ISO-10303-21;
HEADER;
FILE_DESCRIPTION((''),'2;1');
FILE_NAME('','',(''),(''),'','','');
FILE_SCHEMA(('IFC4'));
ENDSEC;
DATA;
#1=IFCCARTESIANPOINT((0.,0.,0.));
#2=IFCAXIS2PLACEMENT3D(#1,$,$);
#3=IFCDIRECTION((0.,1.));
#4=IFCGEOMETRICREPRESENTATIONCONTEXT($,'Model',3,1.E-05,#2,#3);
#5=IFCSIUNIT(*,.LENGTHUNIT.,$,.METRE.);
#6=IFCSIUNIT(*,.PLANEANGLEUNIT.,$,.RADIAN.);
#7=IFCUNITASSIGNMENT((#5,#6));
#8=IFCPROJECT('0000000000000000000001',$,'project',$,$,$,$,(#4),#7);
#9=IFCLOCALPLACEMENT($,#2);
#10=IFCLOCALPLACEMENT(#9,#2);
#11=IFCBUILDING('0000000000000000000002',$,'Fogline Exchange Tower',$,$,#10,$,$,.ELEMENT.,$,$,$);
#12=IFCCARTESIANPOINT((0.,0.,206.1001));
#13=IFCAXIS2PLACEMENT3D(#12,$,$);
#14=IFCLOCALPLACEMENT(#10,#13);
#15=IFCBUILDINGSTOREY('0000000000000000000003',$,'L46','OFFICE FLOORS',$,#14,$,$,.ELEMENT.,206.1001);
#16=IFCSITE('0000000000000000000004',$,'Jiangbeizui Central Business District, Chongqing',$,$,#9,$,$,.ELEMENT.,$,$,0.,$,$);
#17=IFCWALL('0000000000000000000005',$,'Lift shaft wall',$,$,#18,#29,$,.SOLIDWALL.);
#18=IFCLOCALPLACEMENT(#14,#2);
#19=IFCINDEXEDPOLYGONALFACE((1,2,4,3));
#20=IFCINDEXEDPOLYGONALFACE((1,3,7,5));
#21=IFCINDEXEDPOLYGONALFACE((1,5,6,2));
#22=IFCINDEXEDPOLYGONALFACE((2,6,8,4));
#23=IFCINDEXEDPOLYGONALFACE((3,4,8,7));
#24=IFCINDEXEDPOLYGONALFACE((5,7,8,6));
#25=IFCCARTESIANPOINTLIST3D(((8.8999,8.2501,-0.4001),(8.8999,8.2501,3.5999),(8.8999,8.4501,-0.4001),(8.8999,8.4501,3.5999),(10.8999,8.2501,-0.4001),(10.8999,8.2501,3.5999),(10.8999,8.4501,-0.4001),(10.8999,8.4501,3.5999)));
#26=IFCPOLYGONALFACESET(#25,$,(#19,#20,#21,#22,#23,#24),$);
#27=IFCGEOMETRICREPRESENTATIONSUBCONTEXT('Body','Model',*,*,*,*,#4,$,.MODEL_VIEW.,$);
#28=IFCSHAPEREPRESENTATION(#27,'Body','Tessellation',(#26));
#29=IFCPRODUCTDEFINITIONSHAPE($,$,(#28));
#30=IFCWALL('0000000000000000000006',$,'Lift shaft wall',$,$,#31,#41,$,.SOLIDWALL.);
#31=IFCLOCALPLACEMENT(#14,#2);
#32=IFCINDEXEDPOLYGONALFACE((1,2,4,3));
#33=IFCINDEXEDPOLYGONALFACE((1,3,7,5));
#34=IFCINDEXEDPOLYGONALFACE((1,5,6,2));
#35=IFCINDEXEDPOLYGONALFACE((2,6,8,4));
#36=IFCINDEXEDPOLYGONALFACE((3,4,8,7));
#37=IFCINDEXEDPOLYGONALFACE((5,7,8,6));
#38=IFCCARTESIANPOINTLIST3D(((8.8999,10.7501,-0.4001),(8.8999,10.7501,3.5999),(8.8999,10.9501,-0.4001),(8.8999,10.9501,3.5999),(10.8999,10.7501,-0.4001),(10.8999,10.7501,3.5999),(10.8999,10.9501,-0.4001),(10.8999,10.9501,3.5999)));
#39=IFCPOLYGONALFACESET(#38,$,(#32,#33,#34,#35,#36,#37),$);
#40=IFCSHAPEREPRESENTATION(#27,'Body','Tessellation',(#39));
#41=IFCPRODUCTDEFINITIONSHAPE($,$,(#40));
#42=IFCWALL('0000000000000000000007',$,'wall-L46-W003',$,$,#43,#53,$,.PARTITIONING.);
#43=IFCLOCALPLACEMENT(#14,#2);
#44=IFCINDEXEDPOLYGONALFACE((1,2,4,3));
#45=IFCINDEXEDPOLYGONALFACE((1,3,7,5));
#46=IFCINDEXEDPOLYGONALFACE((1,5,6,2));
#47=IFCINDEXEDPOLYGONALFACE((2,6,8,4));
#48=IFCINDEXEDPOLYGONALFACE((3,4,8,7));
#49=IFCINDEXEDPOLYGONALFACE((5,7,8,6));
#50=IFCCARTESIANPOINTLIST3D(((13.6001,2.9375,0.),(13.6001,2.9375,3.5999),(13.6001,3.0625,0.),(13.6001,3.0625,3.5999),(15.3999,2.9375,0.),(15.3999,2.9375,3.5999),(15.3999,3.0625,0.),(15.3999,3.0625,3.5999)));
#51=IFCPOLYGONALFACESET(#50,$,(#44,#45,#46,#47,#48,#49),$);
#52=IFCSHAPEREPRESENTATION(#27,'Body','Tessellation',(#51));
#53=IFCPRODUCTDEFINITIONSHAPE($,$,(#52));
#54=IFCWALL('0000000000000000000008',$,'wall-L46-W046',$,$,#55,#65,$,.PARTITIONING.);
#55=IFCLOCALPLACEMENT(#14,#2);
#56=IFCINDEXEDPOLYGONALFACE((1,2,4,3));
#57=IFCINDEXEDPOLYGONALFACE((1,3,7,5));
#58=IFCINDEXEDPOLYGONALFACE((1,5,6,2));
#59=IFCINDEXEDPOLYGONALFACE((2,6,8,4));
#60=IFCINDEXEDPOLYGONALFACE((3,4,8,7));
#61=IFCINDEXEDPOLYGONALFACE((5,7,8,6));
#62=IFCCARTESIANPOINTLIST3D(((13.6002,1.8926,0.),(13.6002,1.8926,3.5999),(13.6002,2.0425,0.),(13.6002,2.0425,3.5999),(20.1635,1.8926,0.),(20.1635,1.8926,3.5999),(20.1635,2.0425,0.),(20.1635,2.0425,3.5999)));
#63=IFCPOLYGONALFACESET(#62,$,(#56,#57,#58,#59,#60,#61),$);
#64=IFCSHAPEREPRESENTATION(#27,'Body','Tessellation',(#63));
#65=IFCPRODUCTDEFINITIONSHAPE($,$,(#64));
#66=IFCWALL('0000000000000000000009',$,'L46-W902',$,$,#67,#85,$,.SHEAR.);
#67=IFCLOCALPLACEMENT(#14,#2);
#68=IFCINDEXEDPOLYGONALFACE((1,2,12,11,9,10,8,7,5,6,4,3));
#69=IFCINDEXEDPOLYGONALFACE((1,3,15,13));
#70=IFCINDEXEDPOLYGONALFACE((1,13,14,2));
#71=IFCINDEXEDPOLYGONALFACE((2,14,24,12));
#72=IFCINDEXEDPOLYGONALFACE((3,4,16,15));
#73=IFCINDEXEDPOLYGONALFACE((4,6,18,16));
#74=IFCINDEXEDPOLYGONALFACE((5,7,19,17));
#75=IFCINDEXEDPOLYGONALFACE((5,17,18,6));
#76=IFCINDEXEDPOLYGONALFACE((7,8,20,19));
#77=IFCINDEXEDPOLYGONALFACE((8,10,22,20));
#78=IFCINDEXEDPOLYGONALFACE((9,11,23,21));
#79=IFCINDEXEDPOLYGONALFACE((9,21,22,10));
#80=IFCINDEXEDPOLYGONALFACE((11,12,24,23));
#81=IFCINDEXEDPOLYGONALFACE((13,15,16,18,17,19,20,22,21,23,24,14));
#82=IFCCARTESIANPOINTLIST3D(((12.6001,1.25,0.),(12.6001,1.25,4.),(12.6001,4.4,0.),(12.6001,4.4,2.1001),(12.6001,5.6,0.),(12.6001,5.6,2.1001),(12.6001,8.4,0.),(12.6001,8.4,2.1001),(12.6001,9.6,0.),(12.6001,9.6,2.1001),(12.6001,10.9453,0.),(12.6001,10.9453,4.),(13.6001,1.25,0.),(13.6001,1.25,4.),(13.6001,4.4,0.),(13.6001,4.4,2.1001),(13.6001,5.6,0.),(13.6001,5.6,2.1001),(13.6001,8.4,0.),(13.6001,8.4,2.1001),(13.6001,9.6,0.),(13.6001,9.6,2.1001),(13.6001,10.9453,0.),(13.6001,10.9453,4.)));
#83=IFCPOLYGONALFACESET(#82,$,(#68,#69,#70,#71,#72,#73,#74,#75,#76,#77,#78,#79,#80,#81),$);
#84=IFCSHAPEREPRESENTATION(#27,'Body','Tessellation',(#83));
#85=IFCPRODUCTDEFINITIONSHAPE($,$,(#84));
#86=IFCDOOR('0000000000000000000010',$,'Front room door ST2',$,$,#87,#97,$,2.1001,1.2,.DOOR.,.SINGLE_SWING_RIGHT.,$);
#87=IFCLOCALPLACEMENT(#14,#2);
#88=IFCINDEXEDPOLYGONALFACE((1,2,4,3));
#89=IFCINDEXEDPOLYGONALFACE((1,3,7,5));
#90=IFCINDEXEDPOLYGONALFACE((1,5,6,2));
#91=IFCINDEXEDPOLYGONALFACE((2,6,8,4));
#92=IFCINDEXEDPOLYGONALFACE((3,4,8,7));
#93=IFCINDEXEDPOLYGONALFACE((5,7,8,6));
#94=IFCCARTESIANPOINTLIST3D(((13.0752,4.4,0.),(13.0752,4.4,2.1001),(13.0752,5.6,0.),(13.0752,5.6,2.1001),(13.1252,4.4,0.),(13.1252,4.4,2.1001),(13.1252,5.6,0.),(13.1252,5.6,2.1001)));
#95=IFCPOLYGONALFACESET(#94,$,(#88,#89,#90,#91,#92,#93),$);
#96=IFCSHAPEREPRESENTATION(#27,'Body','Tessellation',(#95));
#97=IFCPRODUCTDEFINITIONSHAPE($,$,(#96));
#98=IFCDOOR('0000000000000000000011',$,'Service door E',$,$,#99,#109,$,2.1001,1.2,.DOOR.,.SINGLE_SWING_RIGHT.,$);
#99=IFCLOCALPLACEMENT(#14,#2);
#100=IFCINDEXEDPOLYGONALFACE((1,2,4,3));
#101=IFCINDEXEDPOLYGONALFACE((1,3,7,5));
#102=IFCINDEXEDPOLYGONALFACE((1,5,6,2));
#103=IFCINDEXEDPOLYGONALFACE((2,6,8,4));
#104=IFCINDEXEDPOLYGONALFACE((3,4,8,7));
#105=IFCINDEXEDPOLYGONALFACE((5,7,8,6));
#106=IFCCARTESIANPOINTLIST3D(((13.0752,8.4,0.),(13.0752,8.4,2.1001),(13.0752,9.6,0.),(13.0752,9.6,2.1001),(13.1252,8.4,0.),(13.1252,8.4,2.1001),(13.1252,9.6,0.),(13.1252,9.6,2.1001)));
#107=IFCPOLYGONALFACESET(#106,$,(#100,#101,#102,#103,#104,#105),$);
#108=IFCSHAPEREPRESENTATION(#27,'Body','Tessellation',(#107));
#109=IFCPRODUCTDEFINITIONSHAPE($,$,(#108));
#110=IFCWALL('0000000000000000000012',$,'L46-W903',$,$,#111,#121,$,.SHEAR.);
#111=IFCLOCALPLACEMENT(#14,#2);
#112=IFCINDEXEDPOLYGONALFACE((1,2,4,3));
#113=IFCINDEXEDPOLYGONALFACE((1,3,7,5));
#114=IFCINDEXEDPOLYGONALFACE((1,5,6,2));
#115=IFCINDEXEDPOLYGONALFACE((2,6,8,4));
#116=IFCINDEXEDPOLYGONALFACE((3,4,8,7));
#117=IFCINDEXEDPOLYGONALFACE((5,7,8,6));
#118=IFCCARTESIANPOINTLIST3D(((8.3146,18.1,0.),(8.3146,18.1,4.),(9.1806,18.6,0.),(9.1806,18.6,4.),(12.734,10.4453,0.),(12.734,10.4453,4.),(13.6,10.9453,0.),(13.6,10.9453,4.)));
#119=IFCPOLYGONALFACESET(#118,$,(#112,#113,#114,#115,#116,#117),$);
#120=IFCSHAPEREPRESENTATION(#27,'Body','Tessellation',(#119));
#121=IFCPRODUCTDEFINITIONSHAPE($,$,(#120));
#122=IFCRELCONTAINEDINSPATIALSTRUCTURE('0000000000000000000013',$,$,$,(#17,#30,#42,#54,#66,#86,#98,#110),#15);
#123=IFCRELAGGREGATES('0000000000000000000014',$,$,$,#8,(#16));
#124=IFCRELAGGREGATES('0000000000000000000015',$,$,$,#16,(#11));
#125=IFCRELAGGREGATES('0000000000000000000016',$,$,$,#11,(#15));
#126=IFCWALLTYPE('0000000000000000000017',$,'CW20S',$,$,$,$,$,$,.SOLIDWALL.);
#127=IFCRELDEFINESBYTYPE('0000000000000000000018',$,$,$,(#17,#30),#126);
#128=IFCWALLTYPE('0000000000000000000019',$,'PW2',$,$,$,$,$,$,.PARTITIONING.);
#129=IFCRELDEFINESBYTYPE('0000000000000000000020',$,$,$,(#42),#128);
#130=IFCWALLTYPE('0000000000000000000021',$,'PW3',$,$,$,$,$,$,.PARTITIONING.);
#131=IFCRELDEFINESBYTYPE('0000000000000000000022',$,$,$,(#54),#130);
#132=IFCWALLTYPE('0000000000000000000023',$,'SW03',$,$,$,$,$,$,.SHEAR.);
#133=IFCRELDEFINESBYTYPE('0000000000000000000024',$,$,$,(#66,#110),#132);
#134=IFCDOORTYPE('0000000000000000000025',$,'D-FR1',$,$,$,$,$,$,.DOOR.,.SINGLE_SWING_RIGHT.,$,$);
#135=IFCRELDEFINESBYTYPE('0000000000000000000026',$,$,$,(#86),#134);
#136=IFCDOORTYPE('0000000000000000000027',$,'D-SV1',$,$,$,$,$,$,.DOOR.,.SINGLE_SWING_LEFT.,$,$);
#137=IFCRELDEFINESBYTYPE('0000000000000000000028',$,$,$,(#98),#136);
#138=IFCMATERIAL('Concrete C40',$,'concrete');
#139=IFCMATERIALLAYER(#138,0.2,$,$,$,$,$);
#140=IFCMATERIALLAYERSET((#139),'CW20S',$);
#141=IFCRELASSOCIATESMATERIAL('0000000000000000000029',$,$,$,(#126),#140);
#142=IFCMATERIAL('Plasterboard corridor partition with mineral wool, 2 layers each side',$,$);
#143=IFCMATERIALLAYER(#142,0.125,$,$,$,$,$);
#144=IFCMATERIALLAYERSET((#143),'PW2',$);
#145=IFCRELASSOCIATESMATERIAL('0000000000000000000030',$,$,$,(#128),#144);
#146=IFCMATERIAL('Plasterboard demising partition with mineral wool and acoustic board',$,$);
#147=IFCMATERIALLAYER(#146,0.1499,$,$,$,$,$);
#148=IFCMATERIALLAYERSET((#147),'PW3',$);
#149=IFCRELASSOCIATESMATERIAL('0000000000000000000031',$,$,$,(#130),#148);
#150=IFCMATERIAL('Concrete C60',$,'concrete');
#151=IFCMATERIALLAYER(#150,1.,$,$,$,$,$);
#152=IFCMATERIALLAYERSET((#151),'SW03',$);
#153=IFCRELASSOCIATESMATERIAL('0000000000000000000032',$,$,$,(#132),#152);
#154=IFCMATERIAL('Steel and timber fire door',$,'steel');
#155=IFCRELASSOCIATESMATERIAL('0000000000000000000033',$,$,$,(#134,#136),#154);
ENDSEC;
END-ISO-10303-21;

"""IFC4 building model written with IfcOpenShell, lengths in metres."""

from ifc_helpers import new_model, si_unit, direction, frame, frame_2d, origin, place, context, subcontext, project, spatial, rectangle, extrude, material, layer, layer_set, type_object, element, fill, save


model = new_model("IFC4")

# Units and contexts
model_context = context("Model", 3, precision=1e-05, world=origin(), true_north=direction((0.0, 1.0)))
body_context = subcontext(model_context, "Body", "Model", "MODEL_VIEW")
ifc_project = project(units=[si_unit("LENGTHUNIT", "METRE"), si_unit("PLANEANGLEUNIT", "RADIAN")], contexts=[model_context])

# Site, building, storey
site_placement = place(None, origin())
site = spatial("IfcSite", under=ifc_project, at=site_placement, Name="Jiangbeizui Central Business District, Chongqing", CompositionType="ELEMENT", RefElevation=0.0)
building_placement = place(site_placement, origin())
building = spatial("IfcBuilding", under=site, at=building_placement, Name="Fogline Exchange Tower", CompositionType="ELEMENT")
storey_placement = place(building_placement, frame((0.0, 0.0, 206.1001)))
storey = spatial("IfcBuildingStorey", under=building, at=storey_placement, Name="L46", Description="OFFICE FLOORS", CompositionType="ELEMENT", Elevation=206.1001)

# Shared definitions
ifc_material_1 = material(Name="Concrete C60", Category="concrete")

# Shared definitions
ifc_material_2 = material(Name="Concrete C40", Category="concrete")

# Shared definitions
ifc_material_3 = material(Name="Steel and timber fire door", Category="steel")

# Walls
ifc_layer_1 = layer(ifc_material_2, 0.2)
ifc_layer_set_1 = layer_set([ifc_layer_1], Name="CW20S")
wall_type_1 = type_object("IfcWallType", Name="CW20S", PredefinedType="SOLIDWALL", material=ifc_layer_set_1)
for number, where, z_axis, x_axis, name in (
    (1, (8.8999, 8.3501, -0.4001), (0.0, 0.0, 1.0), (1.0, 0.0, 0.0), "Lift shaft wall"),
    (2, (8.8999, 10.8501, -0.4001), (0.0, 0.0, 1.0), (1.0, 0.0, 0.0), "Lift shaft wall"),
):
    element("IfcWall", number, at=place(storey_placement, frame(where, z_axis=z_axis, x_axis=x_axis)), inside=storey, type_object=wall_type_1, Name=name, PredefinedType="SOLIDWALL", context=body_context, shape_type="SweptSolid", body=[
        extrude(rectangle(XDim=2.0, YDim=0.2, at=frame_2d((1.0, 0.0))), origin(), (0.0, 0.0, 1.0), 4.0),
    ])
ifc_material_4 = material(Name="Plasterboard corridor partition with mineral wool, 2 layers each side")
ifc_layer_2 = layer(ifc_material_4, 0.125)
ifc_layer_set_2 = layer_set([ifc_layer_2], Name="PW2")
wall_type_2 = type_object("IfcWallType", Name="PW2", PredefinedType="PARTITIONING", material=ifc_layer_set_2)
wall_1_placement = place(storey_placement, frame((15.3999, 3.0, 0.0), z_axis=(0.0, 0.0, 1.0), x_axis=(-1.0, 0.0, 0.0)))
element("IfcWall", 3, at=wall_1_placement, inside=storey, type_object=wall_type_2, Name="wall-L46-W003", PredefinedType="PARTITIONING", context=body_context, shape_type="SweptSolid", body=[
    extrude(rectangle(XDim=1.7998, YDim=0.125, at=frame_2d((0.8999, 0.0))), origin(), (0.0, 0.0, 1.0), 3.5999),
])
ifc_material_5 = material(Name="Plasterboard demising partition with mineral wool and acoustic board")
ifc_layer_3 = layer(ifc_material_5, 0.1499)
ifc_layer_set_3 = layer_set([ifc_layer_3], Name="PW3")
wall_type_3 = type_object("IfcWallType", Name="PW3", PredefinedType="PARTITIONING", material=ifc_layer_set_3)
wall_2_placement = place(storey_placement, frame((13.6001, 1.9675, 0.0), z_axis=(0.0, 0.0, 1.0), x_axis=(1.0, 0.0, 0.0)))
element("IfcWall", 4, at=wall_2_placement, inside=storey, type_object=wall_type_3, Name="wall-L46-W046", PredefinedType="PARTITIONING", context=body_context, shape_type="SweptSolid", body=[
    extrude(rectangle(XDim=6.5632, YDim=0.1499, at=frame_2d((3.2817, 0.0))), origin(), (0.0, 0.0, 1.0), 3.5999),
])

# Wall, openings, doors
ifc_layer_4 = layer(ifc_material_1, 1.0)
ifc_layer_set_4 = layer_set([ifc_layer_4], Name="SW03")
wall_type_4 = type_object("IfcWallType", Name="SW03", PredefinedType="SHEAR", material=ifc_layer_set_4)
wall_3_placement = place(storey_placement, frame((13.1001, 1.25, 0.0), z_axis=(0.0, 0.0, 1.0), x_axis=(0.0, 1.0, 0.0)))
wall_3 = element("IfcWall", 5, at=wall_3_placement, inside=storey, type_object=wall_type_4, Name="L46-W902", PredefinedType="SHEAR", context=body_context, shape_type="SweptSolid", body=[
    extrude(rectangle(XDim=9.6953, YDim=1.0, at=frame_2d((4.8477, 0.0))), origin(), (0.0, 0.0, 1.0), 4.0),
])
opening_1_placement = place(wall_3_placement, frame((3.1499, 0.0, 0.0)))
opening_1 = element("IfcOpeningElement", 6, at=opening_1_placement, cuts=wall_3, PredefinedType="OPENING", context=body_context, shape_type="SweptSolid", body=[
    extrude(rectangle(XDim=1.2, YDim=2.1001, at=frame_2d((0.6001, 1.05))), frame((0.0, 0.51, 0.0), z_axis=(0.0, -1.0, 0.0), x_axis=(1.0, 0.0, 0.0)), (0.0, 0.0, 1.0), 1.02),
])
opening_2_placement = place(wall_3_placement, frame((7.1499, 0.0, 0.0)))
opening_2 = element("IfcOpeningElement", 7, at=opening_2_placement, cuts=wall_3, PredefinedType="OPENING", context=body_context, shape_type="SweptSolid", body=[
    extrude(rectangle(XDim=1.2, YDim=2.1001, at=frame_2d((0.6001, 1.05))), frame((0.0, 0.51, 0.0), z_axis=(0.0, -1.0, 0.0), x_axis=(1.0, 0.0, 0.0)), (0.0, 0.0, 1.0), 1.02),
])
door_type_1 = type_object("IfcDoorType", Name="D-FR1", OperationType="SINGLE_SWING_RIGHT", PredefinedType="DOOR", material=ifc_material_3)
door_1_placement = place(opening_1_placement, origin())
door_1 = element("IfcDoor", 8, at=door_1_placement, inside=storey, type_object=door_type_1, Name="Front room door ST2", OperationType="SINGLE_SWING_RIGHT", OverallHeight=2.1001, OverallWidth=1.2, PredefinedType="DOOR", context=body_context, shape_type="SweptSolid", body=[
    extrude(rectangle(XDim=1.2, YDim=2.1001, at=frame_2d((0.6001, 1.05))), frame((0.0, 0.0249, 0.0), z_axis=(0.0, -1.0, 0.0), x_axis=(1.0, 0.0, 0.0)), (0.0, 0.0, 1.0), 0.05),
])
fill(opening_1, door_1)
door_type_2 = type_object("IfcDoorType", Name="D-SV1", OperationType="SINGLE_SWING_LEFT", PredefinedType="DOOR", material=ifc_material_3)
door_2_placement = place(opening_2_placement, origin())
door_2 = element("IfcDoor", 9, at=door_2_placement, inside=storey, type_object=door_type_2, Name="Service door E", OperationType="SINGLE_SWING_RIGHT", OverallHeight=2.1001, OverallWidth=1.2, PredefinedType="DOOR", context=body_context, shape_type="SweptSolid", body=[
    extrude(rectangle(XDim=1.2, YDim=2.1001, at=frame_2d((0.6001, 1.05))), frame((0.0, 0.0249, 0.0), z_axis=(0.0, -1.0, 0.0), x_axis=(1.0, 0.0, 0.0)), (0.0, 0.0, 1.0), 0.05),
])
fill(opening_2, door_2)

# Wall
wall_4_placement = place(storey_placement, frame((13.167, 10.6953, 0.0), z_axis=(0.0, 0.0, 1.0), x_axis=(-0.499995, 0.866028, 0.0)))
element("IfcWall", 10, at=wall_4_placement, inside=storey, type_object=wall_type_4, Name="L46-W903", PredefinedType="SHEAR", context=body_context, shape_type="SweptSolid", body=[
    extrude(rectangle(XDim=8.8389, YDim=1.0, at=frame_2d((4.4194, 0.0))), origin(), (0.0, 0.0, 1.0), 4.0),
])

save(model, "model.ifc")
